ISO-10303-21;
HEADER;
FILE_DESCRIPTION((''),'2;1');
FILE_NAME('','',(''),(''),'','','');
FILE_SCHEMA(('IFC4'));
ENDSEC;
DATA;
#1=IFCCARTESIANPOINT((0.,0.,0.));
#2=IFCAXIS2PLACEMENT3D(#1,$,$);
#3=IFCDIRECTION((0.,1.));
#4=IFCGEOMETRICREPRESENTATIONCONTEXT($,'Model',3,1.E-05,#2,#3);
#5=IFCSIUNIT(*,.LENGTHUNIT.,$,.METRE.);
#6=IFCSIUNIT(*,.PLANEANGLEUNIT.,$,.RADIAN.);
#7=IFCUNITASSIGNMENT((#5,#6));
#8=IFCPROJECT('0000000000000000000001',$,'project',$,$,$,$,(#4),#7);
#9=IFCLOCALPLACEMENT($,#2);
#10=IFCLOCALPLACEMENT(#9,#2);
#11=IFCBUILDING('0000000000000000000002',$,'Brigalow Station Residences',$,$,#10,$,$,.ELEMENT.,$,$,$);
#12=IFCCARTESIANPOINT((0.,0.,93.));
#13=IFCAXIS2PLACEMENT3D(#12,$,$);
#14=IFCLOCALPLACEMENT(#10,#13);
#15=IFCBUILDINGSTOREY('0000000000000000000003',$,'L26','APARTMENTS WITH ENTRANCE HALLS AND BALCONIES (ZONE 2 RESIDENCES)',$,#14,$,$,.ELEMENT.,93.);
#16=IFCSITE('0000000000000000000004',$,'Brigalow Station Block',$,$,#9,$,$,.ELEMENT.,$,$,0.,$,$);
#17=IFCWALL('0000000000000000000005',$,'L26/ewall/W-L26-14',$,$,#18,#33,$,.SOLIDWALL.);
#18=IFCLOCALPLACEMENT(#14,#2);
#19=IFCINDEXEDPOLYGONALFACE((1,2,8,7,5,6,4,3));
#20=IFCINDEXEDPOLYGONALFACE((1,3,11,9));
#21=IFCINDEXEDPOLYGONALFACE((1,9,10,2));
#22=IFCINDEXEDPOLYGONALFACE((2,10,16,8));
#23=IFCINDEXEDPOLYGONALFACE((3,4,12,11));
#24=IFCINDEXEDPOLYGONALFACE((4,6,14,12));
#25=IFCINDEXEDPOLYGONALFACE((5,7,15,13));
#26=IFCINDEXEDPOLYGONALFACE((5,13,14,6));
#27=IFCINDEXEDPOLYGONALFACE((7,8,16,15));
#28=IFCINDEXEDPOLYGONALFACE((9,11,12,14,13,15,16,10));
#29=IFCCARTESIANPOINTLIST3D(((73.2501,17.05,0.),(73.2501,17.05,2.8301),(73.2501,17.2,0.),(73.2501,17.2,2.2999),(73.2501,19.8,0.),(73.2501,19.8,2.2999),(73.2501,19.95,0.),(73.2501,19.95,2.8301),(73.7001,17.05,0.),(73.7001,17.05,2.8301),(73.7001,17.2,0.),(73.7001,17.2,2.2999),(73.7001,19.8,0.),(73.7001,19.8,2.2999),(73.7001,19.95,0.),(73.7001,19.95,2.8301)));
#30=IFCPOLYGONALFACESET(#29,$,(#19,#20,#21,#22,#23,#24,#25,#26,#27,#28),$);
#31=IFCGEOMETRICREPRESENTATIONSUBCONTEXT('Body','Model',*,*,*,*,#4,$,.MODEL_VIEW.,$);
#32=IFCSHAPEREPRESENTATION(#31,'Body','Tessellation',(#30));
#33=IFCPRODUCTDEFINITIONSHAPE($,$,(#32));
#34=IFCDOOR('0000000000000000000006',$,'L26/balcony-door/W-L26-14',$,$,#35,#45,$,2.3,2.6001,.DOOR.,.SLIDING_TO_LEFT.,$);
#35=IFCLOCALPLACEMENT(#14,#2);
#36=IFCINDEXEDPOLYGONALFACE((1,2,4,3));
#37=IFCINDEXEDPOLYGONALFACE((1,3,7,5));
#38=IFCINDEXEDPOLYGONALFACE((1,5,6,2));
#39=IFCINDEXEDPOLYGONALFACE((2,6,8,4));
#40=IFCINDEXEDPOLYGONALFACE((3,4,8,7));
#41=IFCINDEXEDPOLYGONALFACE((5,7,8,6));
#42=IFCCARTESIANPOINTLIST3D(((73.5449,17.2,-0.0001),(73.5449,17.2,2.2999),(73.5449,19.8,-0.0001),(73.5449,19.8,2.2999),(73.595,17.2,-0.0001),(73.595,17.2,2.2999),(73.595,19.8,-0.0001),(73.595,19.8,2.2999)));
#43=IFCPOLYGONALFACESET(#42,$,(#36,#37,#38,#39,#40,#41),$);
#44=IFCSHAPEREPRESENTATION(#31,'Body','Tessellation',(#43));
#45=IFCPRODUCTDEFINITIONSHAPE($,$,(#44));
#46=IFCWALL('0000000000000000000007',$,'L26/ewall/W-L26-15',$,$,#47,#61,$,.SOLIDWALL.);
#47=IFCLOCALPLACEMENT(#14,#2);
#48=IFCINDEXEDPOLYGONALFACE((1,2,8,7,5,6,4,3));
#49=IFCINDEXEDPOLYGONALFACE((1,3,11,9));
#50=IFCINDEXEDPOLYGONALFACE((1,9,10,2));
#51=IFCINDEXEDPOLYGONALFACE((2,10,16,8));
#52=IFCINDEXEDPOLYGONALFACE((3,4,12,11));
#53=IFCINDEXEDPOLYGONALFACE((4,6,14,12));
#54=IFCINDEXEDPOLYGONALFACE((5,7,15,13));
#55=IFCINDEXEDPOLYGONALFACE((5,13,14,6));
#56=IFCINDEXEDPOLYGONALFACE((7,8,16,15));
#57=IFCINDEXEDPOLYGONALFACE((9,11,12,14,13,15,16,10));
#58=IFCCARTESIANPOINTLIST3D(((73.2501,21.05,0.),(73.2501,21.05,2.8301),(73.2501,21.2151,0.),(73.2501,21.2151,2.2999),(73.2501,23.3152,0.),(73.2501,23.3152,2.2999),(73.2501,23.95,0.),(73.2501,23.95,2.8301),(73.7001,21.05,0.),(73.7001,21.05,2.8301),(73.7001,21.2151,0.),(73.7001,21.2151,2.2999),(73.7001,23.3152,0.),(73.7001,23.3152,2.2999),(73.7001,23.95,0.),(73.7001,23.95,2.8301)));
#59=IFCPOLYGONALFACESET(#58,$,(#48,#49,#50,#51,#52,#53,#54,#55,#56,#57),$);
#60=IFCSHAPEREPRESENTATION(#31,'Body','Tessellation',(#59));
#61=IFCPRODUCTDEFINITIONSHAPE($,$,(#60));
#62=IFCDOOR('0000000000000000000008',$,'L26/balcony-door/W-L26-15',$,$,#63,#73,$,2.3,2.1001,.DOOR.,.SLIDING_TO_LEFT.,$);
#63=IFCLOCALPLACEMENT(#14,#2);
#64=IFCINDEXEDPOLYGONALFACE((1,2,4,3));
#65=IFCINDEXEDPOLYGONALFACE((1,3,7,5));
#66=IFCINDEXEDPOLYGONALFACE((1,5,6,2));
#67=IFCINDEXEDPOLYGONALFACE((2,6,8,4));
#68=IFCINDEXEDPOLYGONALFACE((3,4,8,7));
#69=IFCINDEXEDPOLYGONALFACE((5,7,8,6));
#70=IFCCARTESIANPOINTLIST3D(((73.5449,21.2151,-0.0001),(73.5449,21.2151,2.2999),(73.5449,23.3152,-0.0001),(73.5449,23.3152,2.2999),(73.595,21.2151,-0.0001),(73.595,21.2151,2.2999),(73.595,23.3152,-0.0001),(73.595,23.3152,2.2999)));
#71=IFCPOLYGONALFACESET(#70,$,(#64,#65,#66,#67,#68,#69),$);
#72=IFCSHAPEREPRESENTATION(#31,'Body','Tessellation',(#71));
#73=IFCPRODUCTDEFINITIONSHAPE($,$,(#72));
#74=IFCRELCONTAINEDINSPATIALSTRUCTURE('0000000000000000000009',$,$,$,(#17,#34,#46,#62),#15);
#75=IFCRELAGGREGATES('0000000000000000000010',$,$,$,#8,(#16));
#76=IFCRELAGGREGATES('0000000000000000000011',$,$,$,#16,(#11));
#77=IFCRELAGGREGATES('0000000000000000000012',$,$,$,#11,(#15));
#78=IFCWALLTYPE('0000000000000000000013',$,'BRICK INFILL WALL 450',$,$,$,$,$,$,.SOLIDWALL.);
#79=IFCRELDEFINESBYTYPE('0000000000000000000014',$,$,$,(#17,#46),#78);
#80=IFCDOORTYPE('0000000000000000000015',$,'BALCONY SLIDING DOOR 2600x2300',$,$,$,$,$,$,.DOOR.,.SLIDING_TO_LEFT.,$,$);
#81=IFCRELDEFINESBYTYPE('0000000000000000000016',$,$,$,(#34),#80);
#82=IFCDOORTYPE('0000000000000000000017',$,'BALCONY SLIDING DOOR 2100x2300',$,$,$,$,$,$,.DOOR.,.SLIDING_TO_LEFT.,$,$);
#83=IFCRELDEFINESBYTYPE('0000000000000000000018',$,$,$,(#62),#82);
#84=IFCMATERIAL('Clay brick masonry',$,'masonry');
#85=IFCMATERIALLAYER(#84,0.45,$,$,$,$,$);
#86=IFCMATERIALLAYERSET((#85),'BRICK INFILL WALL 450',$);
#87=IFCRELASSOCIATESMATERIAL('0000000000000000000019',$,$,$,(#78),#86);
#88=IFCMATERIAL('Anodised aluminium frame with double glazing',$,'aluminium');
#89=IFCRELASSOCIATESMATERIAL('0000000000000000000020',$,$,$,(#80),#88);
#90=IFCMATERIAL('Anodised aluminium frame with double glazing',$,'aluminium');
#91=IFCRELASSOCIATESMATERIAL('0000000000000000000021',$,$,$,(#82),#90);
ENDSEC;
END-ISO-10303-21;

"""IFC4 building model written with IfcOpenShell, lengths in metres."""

from ifc_helpers import new_model, si_unit, direction, frame, frame_2d, origin, place, context, subcontext, project, spatial, rectangle, extrude, material, layer, layer_set, type_object, element, fill, save


model = new_model("IFC4")

# Units and contexts
model_context = context("Model", 3, precision=1e-05, world=origin(), true_north=direction((0.0, 1.0)))
body_context = subcontext(model_context, "Body", "Model", "MODEL_VIEW")
ifc_project = project(units=[si_unit("LENGTHUNIT", "METRE"), si_unit("PLANEANGLEUNIT", "RADIAN")], contexts=[model_context])

# Site, building, storey
site_placement = place(None, origin())
site = spatial("IfcSite", under=ifc_project, at=site_placement, Name="Brigalow Station Block", CompositionType="ELEMENT", RefElevation=0.0)
building_placement = place(site_placement, origin())
building = spatial("IfcBuilding", under=site, at=building_placement, Name="Brigalow Station Residences", CompositionType="ELEMENT")
storey_placement = place(building_placement, frame((0.0, 0.0, 93.0)))
storey = spatial("IfcBuildingStorey", under=building, at=storey_placement, Name="L26", Description="APARTMENTS WITH ENTRANCE HALLS AND BALCONIES (ZONE 2 RESIDENCES)", CompositionType="ELEMENT", Elevation=93.0)

# Shared definitions
ifc_material_1 = material(Name="Clay brick masonry", Category="masonry")
ifc_layer = layer(ifc_material_1, 0.45)
ifc_layer_set = layer_set([ifc_layer], Name="BRICK INFILL WALL 450")
wall_type = type_object("IfcWallType", Name="BRICK INFILL WALL 450", PredefinedType="SOLIDWALL", material=ifc_layer_set)

# Walls, openings, doors
wall_1_placement = place(storey_placement, frame((73.4751, 17.05, 0.0), z_axis=(0.0, 0.0, 1.0), x_axis=(0.0, 1.0, 0.0)))
wall_1 = element("IfcWall", 1, at=wall_1_placement, inside=storey, type_object=wall_type, Name="L26/ewall/W-L26-14", PredefinedType="SOLIDWALL", context=body_context, shape_type="SweptSolid", body=[
    extrude(rectangle(XDim=2.8999, YDim=0.45, at=frame_2d((1.45, 0.0))), origin(), (0.0, 0.0, 1.0), 2.8301),
])
opening_1_placement = place(wall_1_placement, frame((0.1499, 0.0, 0.0)))
opening_1 = element("IfcOpeningElement", 2, at=opening_1_placement, cuts=wall_1, PredefinedType="OPENING", context=body_context, shape_type="SweptSolid", body=[
    extrude(rectangle(XDim=2.6001, YDim=2.3, at=frame_2d((1.3, 1.1499))), frame((0.0, 0.2349, 0.0), z_axis=(0.0, -1.0, 0.0), x_axis=(1.0, 0.0, 0.0)), (0.0, 0.0, 1.0), 0.47),
])
ifc_material_2 = material(Name="Anodised aluminium frame with double glazing", Category="aluminium")
door_type_1 = type_object("IfcDoorType", Name="BALCONY SLIDING DOOR 2600x2300", OperationType="SLIDING_TO_LEFT", PredefinedType="DOOR", material=ifc_material_2)
door_1_placement = place(opening_1_placement, origin())
door_1 = element("IfcDoor", 3, at=door_1_placement, inside=storey, type_object=door_type_1, Name="L26/balcony-door/W-L26-14", OperationType="SLIDING_TO_LEFT", OverallHeight=2.3, OverallWidth=2.6001, PredefinedType="DOOR", context=body_context, shape_type="SweptSolid", body=[
    extrude(rectangle(XDim=2.6001, YDim=2.3, at=frame_2d((1.3, 1.1499))), frame((0.0, -0.0698, 0.0), z_axis=(0.0, -1.0, 0.0), x_axis=(1.0, 0.0, 0.0)), (0.0, 0.0, 1.0), 0.05),
])
fill(opening_1, door_1)
wall_2_placement = place(storey_placement, frame((73.4751, 21.05, 0.0), z_axis=(0.0, 0.0, 1.0), x_axis=(0.0, 1.0, 0.0)))
wall_2 = element("IfcWall", 4, at=wall_2_placement, inside=storey, type_object=wall_type, Name="L26/ewall/W-L26-15", PredefinedType="SOLIDWALL", context=body_context, shape_type="SweptSolid", body=[
    extrude(rectangle(XDim=2.8999, YDim=0.45, at=frame_2d((1.45, 0.0))), origin(), (0.0, 0.0, 1.0), 2.8301),
])
opening_2_placement = place(wall_2_placement, frame((0.165, 0.0, 0.0)))
opening_2 = element("IfcOpeningElement", 5, at=opening_2_placement, cuts=wall_2, PredefinedType="OPENING", context=body_context, shape_type="SweptSolid", body=[
    extrude(rectangle(XDim=2.1001, YDim=2.3, at=frame_2d((1.05, 1.1499))), frame((0.0, 0.2349, 0.0), z_axis=(0.0, -1.0, 0.0), x_axis=(1.0, 0.0, 0.0)), (0.0, 0.0, 1.0), 0.47),
])
ifc_material_3 = material(Name="Anodised aluminium frame with double glazing", Category="aluminium")
door_type_2 = type_object("IfcDoorType", Name="BALCONY SLIDING DOOR 2100x2300", OperationType="SLIDING_TO_LEFT", PredefinedType="DOOR", material=ifc_material_3)
door_2_placement = place(opening_2_placement, origin())
door_2 = element("IfcDoor", 6, at=door_2_placement, inside=storey, type_object=door_type_2, Name="L26/balcony-door/W-L26-15", OperationType="SLIDING_TO_LEFT", OverallHeight=2.3, OverallWidth=2.1001, PredefinedType="DOOR", context=body_context, shape_type="SweptSolid", body=[
    extrude(rectangle(XDim=2.1001, YDim=2.3, at=frame_2d((1.05, 1.1499))), frame((0.0, -0.0698, 0.0), z_axis=(0.0, -1.0, 0.0), x_axis=(1.0, 0.0, 0.0)), (0.0, 0.0, 1.0), 0.05),
])
fill(opening_2, door_2)

save(model, "model.ifc")
